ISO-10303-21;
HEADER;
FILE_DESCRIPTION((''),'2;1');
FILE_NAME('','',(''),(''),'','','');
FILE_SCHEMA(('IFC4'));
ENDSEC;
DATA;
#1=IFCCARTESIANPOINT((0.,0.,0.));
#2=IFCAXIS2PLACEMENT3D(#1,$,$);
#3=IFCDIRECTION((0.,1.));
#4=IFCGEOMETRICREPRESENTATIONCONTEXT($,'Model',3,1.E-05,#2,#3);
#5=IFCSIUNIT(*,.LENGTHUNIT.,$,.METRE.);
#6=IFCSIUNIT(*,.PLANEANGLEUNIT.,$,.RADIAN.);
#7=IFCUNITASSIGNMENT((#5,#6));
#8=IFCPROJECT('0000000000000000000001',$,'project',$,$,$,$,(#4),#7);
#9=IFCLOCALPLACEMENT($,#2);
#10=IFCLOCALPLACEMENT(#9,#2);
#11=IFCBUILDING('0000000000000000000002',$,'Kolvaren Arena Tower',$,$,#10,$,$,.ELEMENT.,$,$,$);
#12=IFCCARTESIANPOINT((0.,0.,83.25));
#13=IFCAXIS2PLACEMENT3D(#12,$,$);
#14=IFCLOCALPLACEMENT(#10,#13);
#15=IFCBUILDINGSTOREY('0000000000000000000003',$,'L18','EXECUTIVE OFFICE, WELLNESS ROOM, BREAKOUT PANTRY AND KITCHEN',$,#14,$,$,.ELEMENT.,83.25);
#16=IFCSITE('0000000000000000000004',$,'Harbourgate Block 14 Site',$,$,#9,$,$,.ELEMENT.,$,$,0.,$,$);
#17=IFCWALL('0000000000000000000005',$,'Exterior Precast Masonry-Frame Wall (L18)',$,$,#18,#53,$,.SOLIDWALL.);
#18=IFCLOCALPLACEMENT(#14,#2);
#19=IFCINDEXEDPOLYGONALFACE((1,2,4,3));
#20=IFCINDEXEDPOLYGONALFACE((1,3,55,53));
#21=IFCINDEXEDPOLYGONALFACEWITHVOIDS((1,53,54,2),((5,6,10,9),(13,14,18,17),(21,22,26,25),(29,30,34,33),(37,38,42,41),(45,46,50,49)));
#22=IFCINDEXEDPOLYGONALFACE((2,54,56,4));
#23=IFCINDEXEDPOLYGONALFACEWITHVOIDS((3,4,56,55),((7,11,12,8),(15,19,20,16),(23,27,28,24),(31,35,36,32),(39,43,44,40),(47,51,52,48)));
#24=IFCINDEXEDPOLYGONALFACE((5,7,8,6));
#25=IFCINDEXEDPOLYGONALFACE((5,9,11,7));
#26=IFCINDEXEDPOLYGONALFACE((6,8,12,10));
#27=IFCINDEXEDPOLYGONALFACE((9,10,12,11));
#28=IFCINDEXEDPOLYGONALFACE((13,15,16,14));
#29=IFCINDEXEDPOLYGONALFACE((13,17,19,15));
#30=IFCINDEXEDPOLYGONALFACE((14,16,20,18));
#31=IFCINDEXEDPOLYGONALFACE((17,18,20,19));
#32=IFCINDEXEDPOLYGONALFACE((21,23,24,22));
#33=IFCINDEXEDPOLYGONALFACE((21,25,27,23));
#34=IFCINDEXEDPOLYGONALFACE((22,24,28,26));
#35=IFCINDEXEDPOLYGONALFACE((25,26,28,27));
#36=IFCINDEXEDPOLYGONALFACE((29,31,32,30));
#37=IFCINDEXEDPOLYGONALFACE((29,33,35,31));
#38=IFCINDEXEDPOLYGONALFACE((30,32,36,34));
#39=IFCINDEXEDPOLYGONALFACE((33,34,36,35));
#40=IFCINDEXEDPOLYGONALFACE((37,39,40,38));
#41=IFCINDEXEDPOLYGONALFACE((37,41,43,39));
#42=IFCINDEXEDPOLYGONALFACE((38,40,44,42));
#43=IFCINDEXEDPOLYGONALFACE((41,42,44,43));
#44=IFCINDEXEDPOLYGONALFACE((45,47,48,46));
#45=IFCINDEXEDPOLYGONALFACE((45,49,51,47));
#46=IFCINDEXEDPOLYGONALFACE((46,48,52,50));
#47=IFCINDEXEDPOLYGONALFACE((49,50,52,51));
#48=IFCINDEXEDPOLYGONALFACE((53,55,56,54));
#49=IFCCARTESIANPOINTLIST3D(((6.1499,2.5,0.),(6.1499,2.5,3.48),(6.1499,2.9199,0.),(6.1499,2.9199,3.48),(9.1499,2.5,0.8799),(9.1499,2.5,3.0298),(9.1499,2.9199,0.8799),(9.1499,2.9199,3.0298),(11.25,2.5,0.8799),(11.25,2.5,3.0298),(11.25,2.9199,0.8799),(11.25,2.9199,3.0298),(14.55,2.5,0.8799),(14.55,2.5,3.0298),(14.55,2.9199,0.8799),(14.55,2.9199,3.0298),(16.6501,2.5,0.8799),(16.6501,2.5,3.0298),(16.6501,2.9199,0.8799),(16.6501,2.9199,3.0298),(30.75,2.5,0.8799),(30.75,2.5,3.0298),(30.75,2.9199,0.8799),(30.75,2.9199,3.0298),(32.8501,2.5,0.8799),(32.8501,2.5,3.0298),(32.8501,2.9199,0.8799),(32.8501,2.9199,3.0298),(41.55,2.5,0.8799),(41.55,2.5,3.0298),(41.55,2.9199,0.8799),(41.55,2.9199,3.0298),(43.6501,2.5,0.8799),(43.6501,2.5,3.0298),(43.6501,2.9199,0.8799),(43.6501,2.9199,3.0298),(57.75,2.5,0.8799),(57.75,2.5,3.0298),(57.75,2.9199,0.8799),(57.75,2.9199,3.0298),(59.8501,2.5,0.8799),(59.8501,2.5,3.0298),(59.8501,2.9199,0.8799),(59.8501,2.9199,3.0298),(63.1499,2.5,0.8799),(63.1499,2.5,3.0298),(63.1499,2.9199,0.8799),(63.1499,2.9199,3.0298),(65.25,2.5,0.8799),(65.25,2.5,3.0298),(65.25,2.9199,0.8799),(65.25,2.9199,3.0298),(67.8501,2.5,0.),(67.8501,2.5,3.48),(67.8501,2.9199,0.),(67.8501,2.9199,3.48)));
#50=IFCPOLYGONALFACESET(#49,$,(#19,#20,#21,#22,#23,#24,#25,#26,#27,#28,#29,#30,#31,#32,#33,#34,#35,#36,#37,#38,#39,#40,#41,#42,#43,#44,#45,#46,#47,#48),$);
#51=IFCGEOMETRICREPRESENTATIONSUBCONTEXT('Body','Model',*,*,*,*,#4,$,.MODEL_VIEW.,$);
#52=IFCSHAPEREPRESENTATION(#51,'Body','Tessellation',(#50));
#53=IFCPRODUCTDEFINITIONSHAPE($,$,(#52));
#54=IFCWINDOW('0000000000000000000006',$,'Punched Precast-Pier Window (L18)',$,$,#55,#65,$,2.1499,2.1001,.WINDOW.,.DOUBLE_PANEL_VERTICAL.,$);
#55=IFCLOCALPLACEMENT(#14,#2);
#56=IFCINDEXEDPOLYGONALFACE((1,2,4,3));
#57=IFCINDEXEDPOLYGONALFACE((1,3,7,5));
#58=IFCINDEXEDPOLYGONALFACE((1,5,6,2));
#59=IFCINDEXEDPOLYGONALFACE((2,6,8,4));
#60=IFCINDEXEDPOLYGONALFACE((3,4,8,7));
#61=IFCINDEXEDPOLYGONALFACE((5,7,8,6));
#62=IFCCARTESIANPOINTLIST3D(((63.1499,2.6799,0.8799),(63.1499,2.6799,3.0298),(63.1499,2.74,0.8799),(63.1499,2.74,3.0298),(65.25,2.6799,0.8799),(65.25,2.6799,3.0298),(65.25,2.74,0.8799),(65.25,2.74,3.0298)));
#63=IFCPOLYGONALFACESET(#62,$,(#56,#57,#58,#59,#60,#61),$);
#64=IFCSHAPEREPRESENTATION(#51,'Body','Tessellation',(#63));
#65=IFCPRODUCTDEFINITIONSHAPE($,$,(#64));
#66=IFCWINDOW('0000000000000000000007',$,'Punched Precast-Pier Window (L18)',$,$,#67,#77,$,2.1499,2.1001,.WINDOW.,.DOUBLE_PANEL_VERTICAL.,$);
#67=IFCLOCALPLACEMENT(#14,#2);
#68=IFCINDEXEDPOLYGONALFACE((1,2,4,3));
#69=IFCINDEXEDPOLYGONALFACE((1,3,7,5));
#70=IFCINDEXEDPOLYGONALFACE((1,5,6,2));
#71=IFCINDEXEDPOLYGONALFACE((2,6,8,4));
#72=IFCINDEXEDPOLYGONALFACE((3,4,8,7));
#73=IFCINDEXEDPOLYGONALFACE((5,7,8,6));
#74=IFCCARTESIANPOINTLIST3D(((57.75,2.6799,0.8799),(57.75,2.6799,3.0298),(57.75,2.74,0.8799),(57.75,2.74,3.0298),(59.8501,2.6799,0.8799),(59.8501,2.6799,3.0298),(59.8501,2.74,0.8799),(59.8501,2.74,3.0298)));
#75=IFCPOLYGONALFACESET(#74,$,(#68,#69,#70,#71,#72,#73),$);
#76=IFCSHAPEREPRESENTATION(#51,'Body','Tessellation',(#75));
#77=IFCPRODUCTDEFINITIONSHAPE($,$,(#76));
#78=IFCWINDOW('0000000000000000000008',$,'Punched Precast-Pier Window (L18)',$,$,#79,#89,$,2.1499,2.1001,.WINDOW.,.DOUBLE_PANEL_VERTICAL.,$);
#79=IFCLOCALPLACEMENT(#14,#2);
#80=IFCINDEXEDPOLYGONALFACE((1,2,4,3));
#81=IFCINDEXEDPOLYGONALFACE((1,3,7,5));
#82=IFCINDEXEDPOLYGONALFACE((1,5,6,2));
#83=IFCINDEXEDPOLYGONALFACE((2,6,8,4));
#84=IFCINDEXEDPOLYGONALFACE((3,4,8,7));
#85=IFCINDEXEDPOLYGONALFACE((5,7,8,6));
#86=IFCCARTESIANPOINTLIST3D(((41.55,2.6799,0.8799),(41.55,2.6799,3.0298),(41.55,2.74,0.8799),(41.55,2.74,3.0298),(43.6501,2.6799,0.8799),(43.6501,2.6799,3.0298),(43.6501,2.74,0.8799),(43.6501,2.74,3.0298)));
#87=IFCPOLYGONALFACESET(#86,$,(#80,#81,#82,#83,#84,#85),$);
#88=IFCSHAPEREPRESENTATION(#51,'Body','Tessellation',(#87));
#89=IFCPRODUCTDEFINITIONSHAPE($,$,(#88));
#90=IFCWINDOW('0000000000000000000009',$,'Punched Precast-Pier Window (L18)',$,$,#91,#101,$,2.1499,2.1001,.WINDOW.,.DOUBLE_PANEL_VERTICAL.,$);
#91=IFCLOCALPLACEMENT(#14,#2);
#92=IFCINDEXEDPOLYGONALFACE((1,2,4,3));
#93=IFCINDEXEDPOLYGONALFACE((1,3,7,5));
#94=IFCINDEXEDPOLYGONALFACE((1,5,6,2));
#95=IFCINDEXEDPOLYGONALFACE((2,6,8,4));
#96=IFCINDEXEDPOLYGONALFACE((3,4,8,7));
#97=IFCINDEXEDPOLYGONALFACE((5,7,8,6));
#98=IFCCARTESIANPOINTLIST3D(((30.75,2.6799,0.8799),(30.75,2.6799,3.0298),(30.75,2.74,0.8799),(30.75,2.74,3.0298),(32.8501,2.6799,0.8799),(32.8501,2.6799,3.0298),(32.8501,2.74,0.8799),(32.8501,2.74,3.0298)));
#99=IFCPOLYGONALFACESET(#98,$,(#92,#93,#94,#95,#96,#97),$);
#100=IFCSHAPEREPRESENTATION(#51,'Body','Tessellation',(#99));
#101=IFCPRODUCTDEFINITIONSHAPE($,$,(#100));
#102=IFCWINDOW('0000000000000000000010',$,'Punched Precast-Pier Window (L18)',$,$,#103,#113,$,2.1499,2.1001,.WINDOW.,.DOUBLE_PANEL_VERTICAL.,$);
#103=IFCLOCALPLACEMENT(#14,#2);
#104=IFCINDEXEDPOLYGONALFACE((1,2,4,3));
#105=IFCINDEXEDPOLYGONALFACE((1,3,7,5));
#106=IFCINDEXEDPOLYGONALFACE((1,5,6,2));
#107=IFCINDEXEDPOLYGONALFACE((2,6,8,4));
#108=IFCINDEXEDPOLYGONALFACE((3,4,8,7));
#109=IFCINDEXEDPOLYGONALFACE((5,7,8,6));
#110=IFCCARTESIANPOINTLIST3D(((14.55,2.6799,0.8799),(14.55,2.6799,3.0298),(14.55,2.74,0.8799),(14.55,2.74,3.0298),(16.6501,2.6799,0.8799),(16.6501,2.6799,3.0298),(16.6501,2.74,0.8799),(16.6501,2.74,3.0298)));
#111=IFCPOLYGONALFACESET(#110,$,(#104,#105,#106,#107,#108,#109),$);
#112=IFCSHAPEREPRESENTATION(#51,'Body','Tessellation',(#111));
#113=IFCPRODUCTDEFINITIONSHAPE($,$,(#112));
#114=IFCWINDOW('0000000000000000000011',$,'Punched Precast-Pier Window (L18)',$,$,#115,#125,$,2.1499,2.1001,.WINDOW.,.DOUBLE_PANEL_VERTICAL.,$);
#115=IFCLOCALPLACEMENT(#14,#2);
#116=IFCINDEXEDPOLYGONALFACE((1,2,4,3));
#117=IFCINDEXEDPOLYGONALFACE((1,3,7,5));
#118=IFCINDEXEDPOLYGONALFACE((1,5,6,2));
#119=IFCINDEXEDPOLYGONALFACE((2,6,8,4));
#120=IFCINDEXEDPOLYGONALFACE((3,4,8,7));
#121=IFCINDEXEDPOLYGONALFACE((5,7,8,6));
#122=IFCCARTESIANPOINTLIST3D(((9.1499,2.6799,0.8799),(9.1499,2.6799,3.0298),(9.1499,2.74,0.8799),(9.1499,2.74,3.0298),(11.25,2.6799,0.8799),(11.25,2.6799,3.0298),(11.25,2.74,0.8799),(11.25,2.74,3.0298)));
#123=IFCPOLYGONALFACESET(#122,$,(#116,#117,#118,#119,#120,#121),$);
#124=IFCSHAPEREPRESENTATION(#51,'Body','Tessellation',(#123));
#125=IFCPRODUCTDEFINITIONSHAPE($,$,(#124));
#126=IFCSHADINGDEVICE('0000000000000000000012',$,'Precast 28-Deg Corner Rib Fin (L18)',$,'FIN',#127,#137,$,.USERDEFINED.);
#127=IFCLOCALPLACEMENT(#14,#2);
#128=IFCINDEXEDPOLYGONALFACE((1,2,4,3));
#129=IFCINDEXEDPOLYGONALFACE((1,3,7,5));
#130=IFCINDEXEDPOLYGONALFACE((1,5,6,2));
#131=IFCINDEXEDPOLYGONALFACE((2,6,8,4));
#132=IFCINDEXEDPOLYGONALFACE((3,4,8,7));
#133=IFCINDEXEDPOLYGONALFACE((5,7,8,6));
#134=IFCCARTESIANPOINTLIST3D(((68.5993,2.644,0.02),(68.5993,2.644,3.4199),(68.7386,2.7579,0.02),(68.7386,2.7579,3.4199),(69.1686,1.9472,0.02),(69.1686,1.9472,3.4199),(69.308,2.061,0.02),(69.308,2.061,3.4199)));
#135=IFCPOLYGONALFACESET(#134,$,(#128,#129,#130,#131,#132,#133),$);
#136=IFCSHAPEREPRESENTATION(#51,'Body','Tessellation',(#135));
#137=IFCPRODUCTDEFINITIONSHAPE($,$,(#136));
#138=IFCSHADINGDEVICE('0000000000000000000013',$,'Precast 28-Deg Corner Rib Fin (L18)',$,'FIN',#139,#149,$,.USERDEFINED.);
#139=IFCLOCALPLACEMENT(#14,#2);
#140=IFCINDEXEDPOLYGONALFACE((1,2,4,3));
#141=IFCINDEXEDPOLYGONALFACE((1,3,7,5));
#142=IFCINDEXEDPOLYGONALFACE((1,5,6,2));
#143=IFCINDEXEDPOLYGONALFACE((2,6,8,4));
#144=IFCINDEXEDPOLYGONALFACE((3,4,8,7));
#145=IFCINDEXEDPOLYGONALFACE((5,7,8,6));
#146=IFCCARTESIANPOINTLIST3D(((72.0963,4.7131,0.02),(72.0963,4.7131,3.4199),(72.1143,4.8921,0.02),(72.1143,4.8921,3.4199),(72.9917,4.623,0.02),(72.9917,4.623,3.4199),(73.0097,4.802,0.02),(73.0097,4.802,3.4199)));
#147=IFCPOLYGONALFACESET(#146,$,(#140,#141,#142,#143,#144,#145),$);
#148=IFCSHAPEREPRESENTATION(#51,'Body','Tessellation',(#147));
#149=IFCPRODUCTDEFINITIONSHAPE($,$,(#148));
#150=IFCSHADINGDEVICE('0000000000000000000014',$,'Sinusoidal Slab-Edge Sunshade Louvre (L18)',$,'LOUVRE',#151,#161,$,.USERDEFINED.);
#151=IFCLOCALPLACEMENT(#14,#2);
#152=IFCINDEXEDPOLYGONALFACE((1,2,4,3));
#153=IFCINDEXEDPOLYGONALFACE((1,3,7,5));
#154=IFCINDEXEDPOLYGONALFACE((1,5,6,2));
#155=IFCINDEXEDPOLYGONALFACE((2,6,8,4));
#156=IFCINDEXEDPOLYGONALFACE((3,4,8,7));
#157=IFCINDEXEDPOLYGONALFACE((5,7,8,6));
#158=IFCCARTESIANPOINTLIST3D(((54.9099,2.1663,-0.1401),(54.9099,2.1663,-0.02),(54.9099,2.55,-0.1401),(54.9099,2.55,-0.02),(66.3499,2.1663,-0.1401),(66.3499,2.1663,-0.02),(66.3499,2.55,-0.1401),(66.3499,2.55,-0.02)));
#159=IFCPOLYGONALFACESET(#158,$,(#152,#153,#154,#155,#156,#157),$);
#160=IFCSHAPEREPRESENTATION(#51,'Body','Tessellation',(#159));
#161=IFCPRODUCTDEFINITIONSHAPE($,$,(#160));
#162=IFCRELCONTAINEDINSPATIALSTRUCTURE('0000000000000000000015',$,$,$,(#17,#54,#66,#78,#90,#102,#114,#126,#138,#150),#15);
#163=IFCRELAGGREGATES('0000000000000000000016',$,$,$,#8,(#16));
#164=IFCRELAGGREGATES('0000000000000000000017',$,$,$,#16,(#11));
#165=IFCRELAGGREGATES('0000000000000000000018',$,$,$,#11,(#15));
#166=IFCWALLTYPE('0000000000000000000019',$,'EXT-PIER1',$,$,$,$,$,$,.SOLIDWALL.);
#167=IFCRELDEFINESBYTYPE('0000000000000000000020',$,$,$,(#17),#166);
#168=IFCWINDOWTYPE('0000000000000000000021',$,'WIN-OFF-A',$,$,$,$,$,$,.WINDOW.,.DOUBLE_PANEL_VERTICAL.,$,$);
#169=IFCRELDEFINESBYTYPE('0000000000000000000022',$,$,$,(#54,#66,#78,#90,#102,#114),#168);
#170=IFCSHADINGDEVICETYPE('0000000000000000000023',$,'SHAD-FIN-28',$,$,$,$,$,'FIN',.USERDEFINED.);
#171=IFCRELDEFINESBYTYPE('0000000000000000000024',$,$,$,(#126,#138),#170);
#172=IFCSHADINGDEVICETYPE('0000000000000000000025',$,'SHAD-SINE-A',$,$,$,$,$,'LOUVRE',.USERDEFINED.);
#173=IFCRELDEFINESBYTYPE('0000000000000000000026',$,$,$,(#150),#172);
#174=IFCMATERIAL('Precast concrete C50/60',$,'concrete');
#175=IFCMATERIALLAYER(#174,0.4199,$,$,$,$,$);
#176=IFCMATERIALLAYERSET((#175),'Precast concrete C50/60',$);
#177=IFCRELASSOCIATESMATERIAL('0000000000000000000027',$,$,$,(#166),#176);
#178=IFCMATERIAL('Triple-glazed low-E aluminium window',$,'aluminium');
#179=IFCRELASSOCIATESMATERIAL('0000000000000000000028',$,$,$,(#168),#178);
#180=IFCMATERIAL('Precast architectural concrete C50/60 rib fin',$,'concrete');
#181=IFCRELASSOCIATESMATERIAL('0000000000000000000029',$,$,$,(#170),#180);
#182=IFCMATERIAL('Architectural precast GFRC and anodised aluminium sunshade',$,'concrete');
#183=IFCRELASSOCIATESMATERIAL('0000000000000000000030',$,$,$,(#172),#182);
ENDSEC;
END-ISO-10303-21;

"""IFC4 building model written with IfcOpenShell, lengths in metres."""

from ifc_helpers import new_model, si_unit, direction, frame, frame_2d, origin, origin_2d, place, context, subcontext, project, spatial, rectangle, extrude, material, layer, layer_set, type_object, element, fill, save


model = new_model("IFC4")

# Units and contexts
model_context = context("Model", 3, precision=1e-05, world=origin(), true_north=direction((0.0, 1.0)))
body_context = subcontext(model_context, "Body", "Model", "MODEL_VIEW")
ifc_project = project(units=[si_unit("LENGTHUNIT", "METRE"), si_unit("PLANEANGLEUNIT", "RADIAN")], contexts=[model_context])

# Site, building, storey
site_placement = place(None, origin())
site = spatial("IfcSite", under=ifc_project, at=site_placement, Name="Harbourgate Block 14 Site", CompositionType="ELEMENT", RefElevation=0.0)
building_placement = place(site_placement, origin())
building = spatial("IfcBuilding", under=site, at=building_placement, Name="Kolvaren Arena Tower", CompositionType="ELEMENT")
storey_placement = place(building_placement, frame((0.0, 0.0, 83.25)))
storey = spatial("IfcBuildingStorey", under=building, at=storey_placement, Name="L18", Description="EXECUTIVE OFFICE, WELLNESS ROOM, BREAKOUT PANTRY AND KITCHEN", CompositionType="ELEMENT", Elevation=83.25)

# Shared definitions
ifc_material_1 = material(Name="Precast concrete C50/60", Category="concrete")
ifc_layer_1 = layer(ifc_material_1, 0.4199)
ifc_layer_set_1 = layer_set([ifc_layer_1], Name="Precast concrete C50/60")
wall_type_1 = type_object("IfcWallType", Name="EXT-PIER1", PredefinedType="SOLIDWALL", material=ifc_layer_set_1)

# Wall, openings, windows
wall_1_placement = place(storey_placement, frame((67.8501, 2.71, 0.0), z_axis=(0.0, 0.0, 1.0), x_axis=(-1.0, 0.0, 0.0)))
wall_1 = element("IfcWall", 1, at=wall_1_placement, inside=storey, type_object=wall_type_1, Name="Exterior Precast Masonry-Frame Wall (L18)", PredefinedType="SOLIDWALL", context=body_context, shape_type="SweptSolid", body=[
    extrude(rectangle(XDim=61.7002, YDim=0.4199, at=frame_2d((30.8501, 0.0))), origin(), (0.0, 0.0, 1.0), 3.48),
])
opening_1_placement = place(wall_1_placement, frame((2.6001, 0.0, 0.8799)))
opening_1 = element("IfcOpeningElement", 2, at=opening_1_placement, cuts=wall_1, PredefinedType="OPENING", context=body_context, shape_type="SweptSolid", body=[
    extrude(rectangle(XDim=2.1001, YDim=2.1499, at=frame_2d((1.05, 1.075))), frame((0.0, 0.22, 0.0), z_axis=(0.0, -1.0, 0.0), x_axis=(1.0, 0.0, 0.0)), (0.0, 0.0, 1.0), 0.4399),
])
opening_2_placement = place(wall_1_placement, frame((8.0, 0.0, 0.8799)))
opening_2 = element("IfcOpeningElement", 3, at=opening_2_placement, cuts=wall_1, PredefinedType="OPENING", context=body_context, shape_type="SweptSolid", body=[
    extrude(rectangle(XDim=2.1001, YDim=2.1499, at=frame_2d((1.05, 1.075))), frame((0.0, 0.22, 0.0), z_axis=(0.0, -1.0, 0.0), x_axis=(1.0, 0.0, 0.0)), (0.0, 0.0, 1.0), 0.4399),
])
opening_3_placement = place(wall_1_placement, frame((24.2, 0.0, 0.8799)))
opening_3 = element("IfcOpeningElement", 4, at=opening_3_placement, cuts=wall_1, PredefinedType="OPENING", context=body_context, shape_type="SweptSolid", body=[
    extrude(rectangle(XDim=2.1001, YDim=2.1499, at=frame_2d((1.05, 1.075))), frame((0.0, 0.22, 0.0), z_axis=(0.0, -1.0, 0.0), x_axis=(1.0, 0.0, 0.0)), (0.0, 0.0, 1.0), 0.4399),
])
opening_4_placement = place(wall_1_placement, frame((35.0, 0.0, 0.8799)))
opening_4 = element("IfcOpeningElement", 5, at=opening_4_placement, cuts=wall_1, PredefinedType="OPENING", context=body_context, shape_type="SweptSolid", body=[
    extrude(rectangle(XDim=2.1001, YDim=2.1499, at=frame_2d((1.05, 1.075))), frame((0.0, 0.22, 0.0), z_axis=(0.0, -1.0, 0.0), x_axis=(1.0, 0.0, 0.0)), (0.0, 0.0, 1.0), 0.4399),
])
opening_5_placement = place(wall_1_placement, frame((51.2, 0.0, 0.8799)))
opening_5 = element("IfcOpeningElement", 6, at=opening_5_placement, cuts=wall_1, PredefinedType="OPENING", context=body_context, shape_type="SweptSolid", body=[
    extrude(rectangle(XDim=2.1001, YDim=2.1499, at=frame_2d((1.05, 1.075))), frame((0.0, 0.22, 0.0), z_axis=(0.0, -1.0, 0.0), x_axis=(1.0, 0.0, 0.0)), (0.0, 0.0, 1.0), 0.4399),
])
opening_6_placement = place(wall_1_placement, frame((56.6001, 0.0, 0.8799)))
opening_6 = element("IfcOpeningElement", 7, at=opening_6_placement, cuts=wall_1, PredefinedType="OPENING", context=body_context, shape_type="SweptSolid", body=[
    extrude(rectangle(XDim=2.1001, YDim=2.1499, at=frame_2d((1.05, 1.075))), frame((0.0, 0.22, 0.0), z_axis=(0.0, -1.0, 0.0), x_axis=(1.0, 0.0, 0.0)), (0.0, 0.0, 1.0), 0.4399),
])
ifc_material_2 = material(Name="Triple-glazed low-E aluminium window", Category="aluminium")
window_type = type_object("IfcWindowType", Name="WIN-OFF-A", PartitioningType="DOUBLE_PANEL_VERTICAL", PredefinedType="WINDOW", material=ifc_material_2)
window_1_placement = place(opening_1_placement, origin())
window_1 = element("IfcWindow", 8, at=window_1_placement, inside=storey, type_object=window_type, Name="Punched Precast-Pier Window (L18)", OverallHeight=2.1499, OverallWidth=2.1001, PartitioningType="DOUBLE_PANEL_VERTICAL", PredefinedType="WINDOW", context=body_context, shape_type="SweptSolid", body=[
    extrude(rectangle(XDim=2.1001, YDim=2.1499, at=frame_2d((1.05, 1.075))), frame((0.0, 0.03, 0.0), z_axis=(0.0, -1.0, 0.0), x_axis=(1.0, 0.0, 0.0)), (0.0, 0.0, 1.0), 0.0601),
])
fill(opening_1, window_1)
window_2_placement = place(opening_2_placement, origin())
window_2 = element("IfcWindow", 9, at=window_2_placement, inside=storey, type_object=window_type, Name="Punched Precast-Pier Window (L18)", OverallHeight=2.1499, OverallWidth=2.1001, PartitioningType="DOUBLE_PANEL_VERTICAL", PredefinedType="WINDOW", context=body_context, shape_type="SweptSolid", body=[
    extrude(rectangle(XDim=2.1001, YDim=2.1499, at=frame_2d((1.05, 1.075))), frame((0.0, 0.03, 0.0), z_axis=(0.0, -1.0, 0.0), x_axis=(1.0, 0.0, 0.0)), (0.0, 0.0, 1.0), 0.0601),
])
fill(opening_2, window_2)
window_3_placement = place(opening_3_placement, origin())
window_3 = element("IfcWindow", 10, at=window_3_placement, inside=storey, type_object=window_type, Name="Punched Precast-Pier Window (L18)", OverallHeight=2.1499, OverallWidth=2.1001, PartitioningType="DOUBLE_PANEL_VERTICAL", PredefinedType="WINDOW", context=body_context, shape_type="SweptSolid", body=[
    extrude(rectangle(XDim=2.1001, YDim=2.1499, at=frame_2d((1.05, 1.075))), frame((0.0, 0.03, 0.0), z_axis=(0.0, -1.0, 0.0), x_axis=(1.0, 0.0, 0.0)), (0.0, 0.0, 1.0), 0.0601),
])
fill(opening_3, window_3)
window_4_placement = place(opening_4_placement, origin())
window_4 = element("IfcWindow", 11, at=window_4_placement, inside=storey, type_object=window_type, Name="Punched Precast-Pier Window (L18)", OverallHeight=2.1499, OverallWidth=2.1001, PartitioningType="DOUBLE_PANEL_VERTICAL", PredefinedType="WINDOW", context=body_context, shape_type="SweptSolid", body=[
    extrude(rectangle(XDim=2.1001, YDim=2.1499, at=frame_2d((1.05, 1.075))), frame((0.0, 0.03, 0.0), z_axis=(0.0, -1.0, 0.0), x_axis=(1.0, 0.0, 0.0)), (0.0, 0.0, 1.0), 0.0601),
])
fill(opening_4, window_4)
window_5_placement = place(opening_5_placement, origin())
window_5 = element("IfcWindow", 12, at=window_5_placement, inside=storey, type_object=window_type, Name="Punched Precast-Pier Window (L18)", OverallHeight=2.1499, OverallWidth=2.1001, PartitioningType="DOUBLE_PANEL_VERTICAL", PredefinedType="WINDOW", context=body_context, shape_type="SweptSolid", body=[
    extrude(rectangle(XDim=2.1001, YDim=2.1499, at=frame_2d((1.05, 1.075))), frame((0.0, 0.03, 0.0), z_axis=(0.0, -1.0, 0.0), x_axis=(1.0, 0.0, 0.0)), (0.0, 0.0, 1.0), 0.0601),
])
fill(opening_5, window_5)
window_6_placement = place(opening_6_placement, origin())
window_6 = element("IfcWindow", 13, at=window_6_placement, inside=storey, type_object=window_type, Name="Punched Precast-Pier Window (L18)", OverallHeight=2.1499, OverallWidth=2.1001, PartitioningType="DOUBLE_PANEL_VERTICAL", PredefinedType="WINDOW", context=body_context, shape_type="SweptSolid", body=[
    extrude(rectangle(XDim=2.1001, YDim=2.1499, at=frame_2d((1.05, 1.075))), frame((0.0, 0.03, 0.0), z_axis=(0.0, -1.0, 0.0), x_axis=(1.0, 0.0, 0.0)), (0.0, 0.0, 1.0), 0.0601),
])
fill(opening_6, window_6)

# Shading devices
ifc_material_3 = material(Name="Precast architectural concrete C50/60 rib fin", Category="concrete")
shading_device_type_1 = type_object("IfcShadingDeviceType", Name="SHAD-FIN-28", ElementType="FIN", PredefinedType="USERDEFINED", material=ifc_material_3)
for number, where, z_axis, x_axis, name in (
    (14, (68.9536, 2.3525, 0.02), (0.0, 0.0, 1.0), (0.632723, -0.774378, 0.0), "Precast 28-Deg Corner Rib Fin (L18)"),
    (15, (72.553, 4.7576, 0.02), (0.0, 0.0, 1.0), (0.994972, -0.100155, 0.0), "Precast 28-Deg Corner Rib Fin (L18)"),
):
    element("IfcShadingDevice", number, at=place(storey_placement, frame(where, z_axis=z_axis, x_axis=x_axis)), inside=storey, type_object=shading_device_type_1, Name=name, ObjectType="FIN", PredefinedType="USERDEFINED", context=body_context, shape_type="SweptSolid", body=[
        extrude(rectangle(XDim=0.8999, YDim=0.1799, at=origin_2d()), origin(), (0.0, 0.0, 1.0), 3.3999),
    ])
ifc_material_4 = material(Name="Architectural precast GFRC and anodised aluminium sunshade", Category="concrete")
shading_device_type_2 = type_object("IfcShadingDeviceType", Name="SHAD-SINE-A", ElementType="LOUVRE", PredefinedType="USERDEFINED", material=ifc_material_4)
shading_device_placement = place(storey_placement, frame((60.6299, 2.3582, -0.1401), z_axis=(0.0, 0.0, 1.0), x_axis=(-1.0, 0.0, 0.0)))
element("IfcShadingDevice", 16, at=shading_device_placement, inside=storey, type_object=shading_device_type_2, Name="Sinusoidal Slab-Edge Sunshade Louvre (L18)", ObjectType="LOUVRE", PredefinedType="USERDEFINED", context=body_context, shape_type="SweptSolid", body=[
    extrude(rectangle(XDim=11.4399, YDim=0.3838, at=origin_2d()), origin(), (0.0, 0.0, 1.0), 0.1201),
])

save(model, "model.ifc")
